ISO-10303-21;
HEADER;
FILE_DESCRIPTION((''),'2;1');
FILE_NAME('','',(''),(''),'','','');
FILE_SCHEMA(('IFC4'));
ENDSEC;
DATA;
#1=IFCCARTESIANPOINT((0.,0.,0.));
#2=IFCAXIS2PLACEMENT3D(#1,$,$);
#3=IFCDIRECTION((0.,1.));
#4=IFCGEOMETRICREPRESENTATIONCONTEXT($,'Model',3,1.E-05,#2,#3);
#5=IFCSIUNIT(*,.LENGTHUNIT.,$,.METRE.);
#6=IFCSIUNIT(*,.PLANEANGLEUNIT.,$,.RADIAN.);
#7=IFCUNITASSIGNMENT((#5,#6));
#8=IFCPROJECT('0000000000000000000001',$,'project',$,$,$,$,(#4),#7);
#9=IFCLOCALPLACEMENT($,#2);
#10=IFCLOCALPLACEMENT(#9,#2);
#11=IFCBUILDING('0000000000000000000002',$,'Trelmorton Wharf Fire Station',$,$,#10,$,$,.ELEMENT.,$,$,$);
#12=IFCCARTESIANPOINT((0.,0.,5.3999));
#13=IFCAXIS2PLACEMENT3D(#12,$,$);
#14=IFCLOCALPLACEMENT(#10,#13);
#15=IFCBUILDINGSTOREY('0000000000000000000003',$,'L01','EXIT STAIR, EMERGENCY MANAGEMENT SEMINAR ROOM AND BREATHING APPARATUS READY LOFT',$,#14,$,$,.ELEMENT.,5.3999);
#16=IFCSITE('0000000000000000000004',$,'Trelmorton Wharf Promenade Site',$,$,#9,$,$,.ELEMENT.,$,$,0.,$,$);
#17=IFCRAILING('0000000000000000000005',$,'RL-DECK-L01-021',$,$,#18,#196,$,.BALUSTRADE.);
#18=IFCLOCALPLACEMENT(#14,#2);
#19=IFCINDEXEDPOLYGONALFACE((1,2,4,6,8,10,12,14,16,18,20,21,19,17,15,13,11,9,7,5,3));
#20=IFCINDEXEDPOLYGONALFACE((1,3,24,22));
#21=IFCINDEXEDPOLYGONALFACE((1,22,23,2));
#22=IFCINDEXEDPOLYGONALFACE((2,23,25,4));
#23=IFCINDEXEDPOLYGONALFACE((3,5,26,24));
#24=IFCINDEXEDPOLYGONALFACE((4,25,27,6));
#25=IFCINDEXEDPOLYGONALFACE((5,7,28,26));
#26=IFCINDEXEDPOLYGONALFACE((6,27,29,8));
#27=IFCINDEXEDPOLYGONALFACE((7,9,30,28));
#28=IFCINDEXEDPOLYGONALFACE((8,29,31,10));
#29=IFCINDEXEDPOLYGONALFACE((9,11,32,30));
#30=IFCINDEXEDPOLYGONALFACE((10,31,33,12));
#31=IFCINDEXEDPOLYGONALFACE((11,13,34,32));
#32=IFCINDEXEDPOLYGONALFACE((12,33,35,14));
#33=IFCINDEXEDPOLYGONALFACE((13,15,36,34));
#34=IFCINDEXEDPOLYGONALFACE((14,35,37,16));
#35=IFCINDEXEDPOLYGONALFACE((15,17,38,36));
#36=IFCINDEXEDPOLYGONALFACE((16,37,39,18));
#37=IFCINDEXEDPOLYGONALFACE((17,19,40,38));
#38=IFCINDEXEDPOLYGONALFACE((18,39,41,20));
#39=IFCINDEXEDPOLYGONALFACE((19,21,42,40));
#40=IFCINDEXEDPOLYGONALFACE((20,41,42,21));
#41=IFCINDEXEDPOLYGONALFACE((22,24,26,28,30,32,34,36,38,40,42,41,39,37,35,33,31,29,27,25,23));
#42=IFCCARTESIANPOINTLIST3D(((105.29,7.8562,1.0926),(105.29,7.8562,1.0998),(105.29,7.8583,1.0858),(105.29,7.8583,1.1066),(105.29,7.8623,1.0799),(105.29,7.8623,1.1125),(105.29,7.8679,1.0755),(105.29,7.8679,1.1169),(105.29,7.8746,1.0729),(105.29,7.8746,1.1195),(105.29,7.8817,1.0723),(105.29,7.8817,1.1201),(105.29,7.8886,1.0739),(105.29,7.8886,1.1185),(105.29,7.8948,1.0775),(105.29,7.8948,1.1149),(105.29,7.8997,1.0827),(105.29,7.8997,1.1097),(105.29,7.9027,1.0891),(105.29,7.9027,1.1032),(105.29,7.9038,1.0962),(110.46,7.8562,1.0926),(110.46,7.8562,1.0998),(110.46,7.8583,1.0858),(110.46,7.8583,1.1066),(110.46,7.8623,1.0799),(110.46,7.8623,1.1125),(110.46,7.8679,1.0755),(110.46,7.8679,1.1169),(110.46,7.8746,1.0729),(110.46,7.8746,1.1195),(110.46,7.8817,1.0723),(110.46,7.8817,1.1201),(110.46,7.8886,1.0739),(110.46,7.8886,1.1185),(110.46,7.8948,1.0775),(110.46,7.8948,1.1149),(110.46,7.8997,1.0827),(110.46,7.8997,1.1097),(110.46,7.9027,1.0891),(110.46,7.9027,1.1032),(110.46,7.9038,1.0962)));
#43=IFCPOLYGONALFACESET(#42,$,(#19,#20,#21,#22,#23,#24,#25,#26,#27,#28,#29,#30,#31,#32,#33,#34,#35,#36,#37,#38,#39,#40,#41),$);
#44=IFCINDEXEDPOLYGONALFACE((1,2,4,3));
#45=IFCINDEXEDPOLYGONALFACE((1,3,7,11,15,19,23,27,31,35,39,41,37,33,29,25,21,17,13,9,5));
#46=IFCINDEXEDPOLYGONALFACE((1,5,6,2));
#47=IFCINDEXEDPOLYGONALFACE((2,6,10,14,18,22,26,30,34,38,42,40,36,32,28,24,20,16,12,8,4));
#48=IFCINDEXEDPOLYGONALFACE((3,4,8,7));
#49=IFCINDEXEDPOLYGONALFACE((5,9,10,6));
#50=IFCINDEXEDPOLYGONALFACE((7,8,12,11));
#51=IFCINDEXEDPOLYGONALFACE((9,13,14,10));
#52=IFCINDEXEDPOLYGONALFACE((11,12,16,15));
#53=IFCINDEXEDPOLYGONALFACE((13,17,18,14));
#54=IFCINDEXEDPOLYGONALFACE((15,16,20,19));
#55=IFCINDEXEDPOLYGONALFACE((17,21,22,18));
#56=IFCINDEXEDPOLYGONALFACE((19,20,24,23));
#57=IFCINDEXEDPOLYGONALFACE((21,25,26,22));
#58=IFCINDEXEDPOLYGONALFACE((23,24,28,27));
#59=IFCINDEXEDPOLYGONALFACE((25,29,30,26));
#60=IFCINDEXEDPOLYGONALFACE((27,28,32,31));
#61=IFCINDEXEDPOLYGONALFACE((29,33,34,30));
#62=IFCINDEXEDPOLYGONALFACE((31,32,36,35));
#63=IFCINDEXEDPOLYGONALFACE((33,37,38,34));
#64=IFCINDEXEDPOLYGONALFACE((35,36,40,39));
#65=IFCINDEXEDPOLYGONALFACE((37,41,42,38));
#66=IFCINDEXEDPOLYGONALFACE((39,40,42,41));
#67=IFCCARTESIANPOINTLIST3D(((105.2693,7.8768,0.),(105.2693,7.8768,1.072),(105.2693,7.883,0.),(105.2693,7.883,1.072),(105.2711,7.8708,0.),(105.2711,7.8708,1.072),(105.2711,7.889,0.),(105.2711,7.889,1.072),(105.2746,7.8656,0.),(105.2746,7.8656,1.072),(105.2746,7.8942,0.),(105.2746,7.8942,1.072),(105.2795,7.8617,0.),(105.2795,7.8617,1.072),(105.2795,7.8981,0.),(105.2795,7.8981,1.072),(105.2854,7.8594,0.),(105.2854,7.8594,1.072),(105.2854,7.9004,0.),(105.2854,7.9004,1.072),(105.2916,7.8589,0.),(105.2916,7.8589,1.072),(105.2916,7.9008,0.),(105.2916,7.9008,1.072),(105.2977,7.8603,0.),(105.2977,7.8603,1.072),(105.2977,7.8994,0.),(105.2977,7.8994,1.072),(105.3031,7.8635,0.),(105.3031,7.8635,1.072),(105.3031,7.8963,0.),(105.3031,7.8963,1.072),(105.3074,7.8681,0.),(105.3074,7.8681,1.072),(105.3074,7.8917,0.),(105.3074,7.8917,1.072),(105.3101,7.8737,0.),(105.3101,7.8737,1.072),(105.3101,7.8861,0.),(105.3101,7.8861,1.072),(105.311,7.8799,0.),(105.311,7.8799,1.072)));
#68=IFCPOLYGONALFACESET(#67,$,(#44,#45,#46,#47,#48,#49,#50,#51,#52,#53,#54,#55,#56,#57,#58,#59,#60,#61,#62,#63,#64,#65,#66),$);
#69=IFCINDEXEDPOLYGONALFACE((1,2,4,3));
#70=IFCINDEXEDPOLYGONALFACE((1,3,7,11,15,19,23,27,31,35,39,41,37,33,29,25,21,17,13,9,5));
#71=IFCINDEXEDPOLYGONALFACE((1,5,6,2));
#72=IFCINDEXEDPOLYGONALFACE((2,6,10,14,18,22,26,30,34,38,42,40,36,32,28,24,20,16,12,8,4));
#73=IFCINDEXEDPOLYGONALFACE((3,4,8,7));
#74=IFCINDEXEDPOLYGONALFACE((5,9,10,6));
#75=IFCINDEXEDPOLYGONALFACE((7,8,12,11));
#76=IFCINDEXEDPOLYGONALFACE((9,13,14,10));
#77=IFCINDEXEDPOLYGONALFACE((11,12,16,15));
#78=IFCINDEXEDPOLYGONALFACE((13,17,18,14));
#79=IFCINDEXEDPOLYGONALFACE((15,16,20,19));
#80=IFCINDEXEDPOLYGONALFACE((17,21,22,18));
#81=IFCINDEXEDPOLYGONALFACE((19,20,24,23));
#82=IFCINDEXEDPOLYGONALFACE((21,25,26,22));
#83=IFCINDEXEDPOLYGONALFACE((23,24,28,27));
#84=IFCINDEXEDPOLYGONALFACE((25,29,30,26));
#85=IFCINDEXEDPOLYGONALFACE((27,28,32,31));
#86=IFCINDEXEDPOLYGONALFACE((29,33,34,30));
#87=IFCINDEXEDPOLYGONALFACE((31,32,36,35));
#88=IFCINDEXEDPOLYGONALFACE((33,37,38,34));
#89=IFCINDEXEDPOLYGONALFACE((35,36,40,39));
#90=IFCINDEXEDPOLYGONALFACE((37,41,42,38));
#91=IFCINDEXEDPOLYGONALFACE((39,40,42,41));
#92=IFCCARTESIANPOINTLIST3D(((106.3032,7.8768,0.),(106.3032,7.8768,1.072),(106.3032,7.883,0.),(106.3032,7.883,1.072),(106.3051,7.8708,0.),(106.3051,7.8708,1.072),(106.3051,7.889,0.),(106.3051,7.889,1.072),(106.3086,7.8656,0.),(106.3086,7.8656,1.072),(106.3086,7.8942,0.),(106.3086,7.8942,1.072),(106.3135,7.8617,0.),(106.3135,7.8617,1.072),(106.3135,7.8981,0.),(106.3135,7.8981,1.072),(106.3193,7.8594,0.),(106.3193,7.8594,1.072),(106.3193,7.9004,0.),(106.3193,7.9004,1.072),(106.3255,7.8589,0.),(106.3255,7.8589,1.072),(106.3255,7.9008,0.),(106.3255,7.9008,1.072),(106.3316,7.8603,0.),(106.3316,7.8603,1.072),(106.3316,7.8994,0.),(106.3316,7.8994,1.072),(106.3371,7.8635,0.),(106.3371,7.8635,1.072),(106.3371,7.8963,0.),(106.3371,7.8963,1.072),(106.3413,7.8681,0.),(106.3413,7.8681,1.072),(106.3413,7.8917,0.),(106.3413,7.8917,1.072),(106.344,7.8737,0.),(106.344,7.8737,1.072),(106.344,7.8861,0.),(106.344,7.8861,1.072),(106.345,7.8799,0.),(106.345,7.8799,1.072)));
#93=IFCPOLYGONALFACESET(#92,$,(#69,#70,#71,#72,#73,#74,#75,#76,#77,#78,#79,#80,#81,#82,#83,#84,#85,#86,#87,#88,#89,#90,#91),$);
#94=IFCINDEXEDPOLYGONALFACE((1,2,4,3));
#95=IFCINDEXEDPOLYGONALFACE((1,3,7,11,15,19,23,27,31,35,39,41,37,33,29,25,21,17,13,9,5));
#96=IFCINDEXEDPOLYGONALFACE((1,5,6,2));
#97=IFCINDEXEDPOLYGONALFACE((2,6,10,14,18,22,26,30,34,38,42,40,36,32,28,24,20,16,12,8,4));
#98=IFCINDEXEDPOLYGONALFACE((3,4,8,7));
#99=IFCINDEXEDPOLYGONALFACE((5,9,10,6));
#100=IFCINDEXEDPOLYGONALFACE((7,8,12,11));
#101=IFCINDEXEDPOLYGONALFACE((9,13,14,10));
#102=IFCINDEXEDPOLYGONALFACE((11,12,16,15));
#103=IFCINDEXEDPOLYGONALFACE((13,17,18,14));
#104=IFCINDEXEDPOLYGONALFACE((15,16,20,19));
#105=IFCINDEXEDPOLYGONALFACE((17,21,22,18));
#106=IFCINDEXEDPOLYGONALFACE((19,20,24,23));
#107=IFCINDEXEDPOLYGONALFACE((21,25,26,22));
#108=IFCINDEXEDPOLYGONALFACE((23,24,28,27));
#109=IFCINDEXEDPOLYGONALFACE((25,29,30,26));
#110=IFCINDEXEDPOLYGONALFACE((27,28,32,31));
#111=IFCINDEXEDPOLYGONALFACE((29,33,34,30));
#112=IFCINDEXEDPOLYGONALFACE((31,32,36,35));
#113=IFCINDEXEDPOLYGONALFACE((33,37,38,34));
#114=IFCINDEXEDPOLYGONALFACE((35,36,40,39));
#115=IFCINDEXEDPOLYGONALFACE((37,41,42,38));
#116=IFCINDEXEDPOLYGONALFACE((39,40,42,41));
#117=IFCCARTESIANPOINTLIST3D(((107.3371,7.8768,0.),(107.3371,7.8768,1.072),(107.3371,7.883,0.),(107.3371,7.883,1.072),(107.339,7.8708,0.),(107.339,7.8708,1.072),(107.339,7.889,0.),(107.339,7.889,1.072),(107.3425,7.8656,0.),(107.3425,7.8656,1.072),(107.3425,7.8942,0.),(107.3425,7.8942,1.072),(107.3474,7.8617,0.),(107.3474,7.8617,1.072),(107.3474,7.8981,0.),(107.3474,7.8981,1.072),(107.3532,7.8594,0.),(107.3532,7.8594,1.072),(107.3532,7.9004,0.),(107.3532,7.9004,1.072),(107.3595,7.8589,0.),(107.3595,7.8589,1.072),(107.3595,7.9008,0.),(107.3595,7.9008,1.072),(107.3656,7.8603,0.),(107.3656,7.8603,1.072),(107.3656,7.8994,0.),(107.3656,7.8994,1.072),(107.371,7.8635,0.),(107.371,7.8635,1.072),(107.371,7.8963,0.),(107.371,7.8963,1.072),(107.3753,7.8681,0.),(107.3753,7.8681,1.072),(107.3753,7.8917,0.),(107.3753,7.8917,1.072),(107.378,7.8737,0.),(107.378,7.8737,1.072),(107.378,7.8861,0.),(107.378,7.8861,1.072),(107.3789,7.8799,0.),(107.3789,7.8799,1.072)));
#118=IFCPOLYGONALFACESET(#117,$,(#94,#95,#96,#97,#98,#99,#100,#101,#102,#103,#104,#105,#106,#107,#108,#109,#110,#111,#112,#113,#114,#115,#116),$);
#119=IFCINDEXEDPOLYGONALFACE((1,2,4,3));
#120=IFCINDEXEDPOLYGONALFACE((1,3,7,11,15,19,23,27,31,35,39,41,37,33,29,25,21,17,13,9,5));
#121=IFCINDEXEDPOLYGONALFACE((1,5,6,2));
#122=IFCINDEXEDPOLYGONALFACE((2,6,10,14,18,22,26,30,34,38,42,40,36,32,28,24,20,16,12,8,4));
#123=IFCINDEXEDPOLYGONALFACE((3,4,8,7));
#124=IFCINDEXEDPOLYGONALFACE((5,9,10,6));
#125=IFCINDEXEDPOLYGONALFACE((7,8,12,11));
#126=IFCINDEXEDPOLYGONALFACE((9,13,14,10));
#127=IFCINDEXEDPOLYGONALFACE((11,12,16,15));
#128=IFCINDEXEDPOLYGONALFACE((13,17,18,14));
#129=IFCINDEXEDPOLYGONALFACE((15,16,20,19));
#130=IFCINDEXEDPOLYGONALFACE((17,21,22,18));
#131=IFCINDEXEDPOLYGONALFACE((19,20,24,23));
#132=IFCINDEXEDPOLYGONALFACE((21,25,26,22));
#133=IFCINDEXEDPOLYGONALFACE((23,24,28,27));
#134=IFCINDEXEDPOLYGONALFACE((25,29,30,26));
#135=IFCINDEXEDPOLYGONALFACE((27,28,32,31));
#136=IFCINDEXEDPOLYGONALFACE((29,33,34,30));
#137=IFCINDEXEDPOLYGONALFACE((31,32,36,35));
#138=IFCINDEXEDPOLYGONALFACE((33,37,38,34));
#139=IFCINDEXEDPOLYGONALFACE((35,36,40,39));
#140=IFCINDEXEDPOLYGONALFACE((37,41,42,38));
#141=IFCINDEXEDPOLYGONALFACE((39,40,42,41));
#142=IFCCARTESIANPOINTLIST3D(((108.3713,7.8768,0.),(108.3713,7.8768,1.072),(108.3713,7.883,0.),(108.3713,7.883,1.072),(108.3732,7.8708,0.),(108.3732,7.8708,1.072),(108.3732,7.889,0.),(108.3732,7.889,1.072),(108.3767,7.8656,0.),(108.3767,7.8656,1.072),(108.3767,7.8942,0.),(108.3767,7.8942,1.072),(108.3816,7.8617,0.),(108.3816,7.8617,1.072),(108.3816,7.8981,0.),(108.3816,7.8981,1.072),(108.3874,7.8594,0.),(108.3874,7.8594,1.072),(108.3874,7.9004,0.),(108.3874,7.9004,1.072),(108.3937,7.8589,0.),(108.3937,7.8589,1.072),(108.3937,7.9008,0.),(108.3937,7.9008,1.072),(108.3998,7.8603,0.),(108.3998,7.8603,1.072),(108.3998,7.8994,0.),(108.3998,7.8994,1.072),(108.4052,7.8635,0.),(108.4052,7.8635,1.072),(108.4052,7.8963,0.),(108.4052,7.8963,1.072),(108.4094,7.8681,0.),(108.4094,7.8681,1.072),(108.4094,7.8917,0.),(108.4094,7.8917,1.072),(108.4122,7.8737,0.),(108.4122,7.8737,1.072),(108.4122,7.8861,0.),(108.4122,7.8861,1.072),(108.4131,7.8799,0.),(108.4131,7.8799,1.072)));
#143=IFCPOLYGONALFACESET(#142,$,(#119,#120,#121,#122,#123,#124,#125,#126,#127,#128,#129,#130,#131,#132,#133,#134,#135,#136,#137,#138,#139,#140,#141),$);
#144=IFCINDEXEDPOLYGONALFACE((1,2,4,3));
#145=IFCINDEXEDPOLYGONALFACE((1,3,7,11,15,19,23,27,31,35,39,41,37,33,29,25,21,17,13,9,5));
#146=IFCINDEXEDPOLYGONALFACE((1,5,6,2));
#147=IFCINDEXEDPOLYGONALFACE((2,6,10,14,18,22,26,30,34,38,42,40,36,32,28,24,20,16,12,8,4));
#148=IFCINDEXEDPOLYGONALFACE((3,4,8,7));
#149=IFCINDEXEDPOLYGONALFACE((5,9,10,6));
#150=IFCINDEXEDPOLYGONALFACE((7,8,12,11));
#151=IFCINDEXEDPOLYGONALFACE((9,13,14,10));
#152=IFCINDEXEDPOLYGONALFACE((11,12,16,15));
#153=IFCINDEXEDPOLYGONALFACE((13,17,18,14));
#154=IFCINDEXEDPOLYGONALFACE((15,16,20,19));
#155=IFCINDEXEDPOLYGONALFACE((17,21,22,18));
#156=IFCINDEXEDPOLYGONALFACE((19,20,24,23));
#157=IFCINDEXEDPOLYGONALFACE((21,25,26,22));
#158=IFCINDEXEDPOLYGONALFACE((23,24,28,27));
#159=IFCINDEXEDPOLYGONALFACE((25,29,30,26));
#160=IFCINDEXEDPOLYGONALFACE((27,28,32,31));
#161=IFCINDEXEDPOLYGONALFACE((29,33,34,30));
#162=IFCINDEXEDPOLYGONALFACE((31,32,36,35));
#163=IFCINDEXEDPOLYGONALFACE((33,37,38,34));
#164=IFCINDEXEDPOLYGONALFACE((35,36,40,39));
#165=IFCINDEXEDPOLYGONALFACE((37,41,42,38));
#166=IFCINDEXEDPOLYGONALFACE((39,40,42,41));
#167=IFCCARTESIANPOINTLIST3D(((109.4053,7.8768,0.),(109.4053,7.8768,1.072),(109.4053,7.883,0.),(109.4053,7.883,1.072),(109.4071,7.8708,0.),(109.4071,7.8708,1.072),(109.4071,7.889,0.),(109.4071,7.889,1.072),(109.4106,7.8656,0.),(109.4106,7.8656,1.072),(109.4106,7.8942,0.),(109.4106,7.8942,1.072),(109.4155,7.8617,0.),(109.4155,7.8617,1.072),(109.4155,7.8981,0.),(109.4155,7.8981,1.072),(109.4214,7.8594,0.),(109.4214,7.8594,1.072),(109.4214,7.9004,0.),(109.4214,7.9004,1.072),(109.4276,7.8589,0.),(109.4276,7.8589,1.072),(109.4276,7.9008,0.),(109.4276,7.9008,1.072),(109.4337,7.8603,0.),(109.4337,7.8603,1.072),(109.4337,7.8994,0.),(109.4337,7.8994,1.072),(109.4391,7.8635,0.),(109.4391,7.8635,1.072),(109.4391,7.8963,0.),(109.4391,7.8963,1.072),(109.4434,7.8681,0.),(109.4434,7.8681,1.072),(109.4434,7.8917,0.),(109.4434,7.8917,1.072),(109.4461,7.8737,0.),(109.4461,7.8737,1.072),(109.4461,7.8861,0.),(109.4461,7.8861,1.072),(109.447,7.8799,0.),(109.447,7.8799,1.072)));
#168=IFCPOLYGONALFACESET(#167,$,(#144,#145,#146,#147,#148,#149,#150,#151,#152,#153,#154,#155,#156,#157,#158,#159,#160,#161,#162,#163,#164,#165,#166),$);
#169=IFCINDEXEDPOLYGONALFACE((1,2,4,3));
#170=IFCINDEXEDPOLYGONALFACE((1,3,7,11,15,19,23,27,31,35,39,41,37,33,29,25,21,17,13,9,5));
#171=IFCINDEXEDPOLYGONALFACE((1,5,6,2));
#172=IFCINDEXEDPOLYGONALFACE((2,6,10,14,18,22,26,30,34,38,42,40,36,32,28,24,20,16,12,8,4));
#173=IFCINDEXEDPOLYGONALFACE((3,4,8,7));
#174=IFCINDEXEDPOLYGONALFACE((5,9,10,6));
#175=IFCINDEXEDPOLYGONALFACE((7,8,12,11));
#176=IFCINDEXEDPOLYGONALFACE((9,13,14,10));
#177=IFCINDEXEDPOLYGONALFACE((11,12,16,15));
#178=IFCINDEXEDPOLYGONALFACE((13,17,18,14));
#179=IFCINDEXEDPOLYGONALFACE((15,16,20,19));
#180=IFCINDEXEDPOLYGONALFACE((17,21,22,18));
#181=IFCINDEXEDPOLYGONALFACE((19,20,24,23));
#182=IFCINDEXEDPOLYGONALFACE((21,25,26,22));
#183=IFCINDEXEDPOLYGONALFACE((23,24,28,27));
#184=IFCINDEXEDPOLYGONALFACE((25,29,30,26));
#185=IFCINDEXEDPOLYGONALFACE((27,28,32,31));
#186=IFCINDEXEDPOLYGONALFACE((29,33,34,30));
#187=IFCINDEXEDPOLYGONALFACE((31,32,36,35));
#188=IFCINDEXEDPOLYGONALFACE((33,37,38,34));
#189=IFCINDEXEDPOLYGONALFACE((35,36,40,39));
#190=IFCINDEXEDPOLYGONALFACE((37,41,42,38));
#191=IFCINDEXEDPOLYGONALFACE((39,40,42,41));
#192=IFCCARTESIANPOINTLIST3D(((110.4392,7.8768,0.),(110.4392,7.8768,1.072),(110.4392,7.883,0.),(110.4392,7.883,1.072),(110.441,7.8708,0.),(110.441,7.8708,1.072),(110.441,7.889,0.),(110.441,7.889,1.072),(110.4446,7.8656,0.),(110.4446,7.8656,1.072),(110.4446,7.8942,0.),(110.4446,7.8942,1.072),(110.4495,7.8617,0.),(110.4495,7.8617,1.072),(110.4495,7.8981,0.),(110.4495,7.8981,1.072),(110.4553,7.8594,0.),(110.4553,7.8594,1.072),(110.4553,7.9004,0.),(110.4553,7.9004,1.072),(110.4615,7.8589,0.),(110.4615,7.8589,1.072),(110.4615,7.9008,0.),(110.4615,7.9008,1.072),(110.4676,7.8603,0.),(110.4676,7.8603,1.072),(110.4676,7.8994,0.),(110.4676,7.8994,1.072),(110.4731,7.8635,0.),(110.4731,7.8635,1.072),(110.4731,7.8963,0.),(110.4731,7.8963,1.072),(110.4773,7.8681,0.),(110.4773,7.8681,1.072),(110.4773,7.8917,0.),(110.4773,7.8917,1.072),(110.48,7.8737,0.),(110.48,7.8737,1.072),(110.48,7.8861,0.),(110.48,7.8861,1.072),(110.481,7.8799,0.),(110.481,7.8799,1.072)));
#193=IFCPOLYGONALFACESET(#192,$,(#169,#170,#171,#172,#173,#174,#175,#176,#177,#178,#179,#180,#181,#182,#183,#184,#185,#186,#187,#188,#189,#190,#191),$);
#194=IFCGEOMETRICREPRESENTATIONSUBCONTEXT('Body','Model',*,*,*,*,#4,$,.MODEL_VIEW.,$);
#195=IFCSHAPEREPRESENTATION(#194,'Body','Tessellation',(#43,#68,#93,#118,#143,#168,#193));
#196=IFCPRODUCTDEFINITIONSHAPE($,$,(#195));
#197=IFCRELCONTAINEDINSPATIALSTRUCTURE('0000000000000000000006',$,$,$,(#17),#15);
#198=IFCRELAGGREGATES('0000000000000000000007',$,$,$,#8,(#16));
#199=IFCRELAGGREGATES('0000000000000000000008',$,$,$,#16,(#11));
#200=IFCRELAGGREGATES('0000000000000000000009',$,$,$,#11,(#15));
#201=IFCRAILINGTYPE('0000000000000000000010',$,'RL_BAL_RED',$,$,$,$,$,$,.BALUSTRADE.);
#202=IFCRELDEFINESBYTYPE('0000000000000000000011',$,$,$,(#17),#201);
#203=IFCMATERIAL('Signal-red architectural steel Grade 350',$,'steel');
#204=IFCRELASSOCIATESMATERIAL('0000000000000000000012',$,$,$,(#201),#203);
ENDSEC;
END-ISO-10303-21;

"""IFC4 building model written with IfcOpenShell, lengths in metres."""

from ifc_helpers import new_model, si_unit, direction, frame, origin, origin_2d, place, context, subcontext, project, spatial, circle, extrude, material, type_object, element, save


model = new_model("IFC4")

# Units and contexts
model_context = context("Model", 3, precision=1e-05, world=origin(), true_north=direction((0.0, 1.0)))
body_context = subcontext(model_context, "Body", "Model", "MODEL_VIEW")
ifc_project = project(units=[si_unit("LENGTHUNIT", "METRE"), si_unit("PLANEANGLEUNIT", "RADIAN")], contexts=[model_context])

# Site, building, storey
site_placement = place(None, origin())
site = spatial("IfcSite", under=ifc_project, at=site_placement, Name="Trelmorton Wharf Promenade Site", CompositionType="ELEMENT", RefElevation=0.0)
building_placement = place(site_placement, origin())
building = spatial("IfcBuilding", under=site, at=building_placement, Name="Trelmorton Wharf Fire Station", CompositionType="ELEMENT")
storey_placement = place(building_placement, frame((0.0, 0.0, 5.3999)))
storey = spatial("IfcBuildingStorey", under=building, at=storey_placement, Name="L01", Description="EXIT STAIR, EMERGENCY MANAGEMENT SEMINAR ROOM AND BREATHING APPARATUS READY LOFT", CompositionType="ELEMENT", Elevation=5.3999)

# Railing
ifc_material_1 = material(Name="Signal-red architectural steel Grade 350", Category="steel")
railing_type = type_object("IfcRailingType", Name="RL_BAL_RED", PredefinedType="BALUSTRADE", material=ifc_material_1)
railing_1_placement = place(storey_placement, frame((105.29, 7.8799, 0.0)))
element("IfcRailing", 1, at=railing_1_placement, inside=storey, type_object=railing_type, Name="RL-DECK-L01-021", PredefinedType="BALUSTRADE", context=body_context, shape_type="SweptSolid", body=[
    extrude(circle(Radius=0.0239, at=origin_2d()), frame((0.0, 0.0, 1.0962), z_axis=(1.0, 0.0, 0.0), x_axis=(0.0, 1.0, 0.0)), (0.0, 0.0, 1.0), 5.1699),
    extrude(circle(Radius=0.021, at=origin_2d()), origin(), (0.0, 0.0, 1.0), 1.072),
    extrude(circle(Radius=0.021, at=origin_2d()), frame((1.0339, 0.0, 0.0)), (0.0, 0.0, 1.0), 1.072),
    extrude(circle(Radius=0.021, at=origin_2d()), frame((2.0679, 0.0, 0.0)), (0.0, 0.0, 1.0), 1.072),
    extrude(circle(Radius=0.021, at=origin_2d()), frame((3.1021, 0.0, 0.0)), (0.0, 0.0, 1.0), 1.072),
    extrude(circle(Radius=0.021, at=origin_2d()), frame((4.136, 0.0, 0.0)), (0.0, 0.0, 1.0), 1.072),
    extrude(circle(Radius=0.021, at=origin_2d()), frame((5.1699, 0.0, 0.0)), (0.0, 0.0, 1.0), 1.072),
])

save(model, "model.ifc")
